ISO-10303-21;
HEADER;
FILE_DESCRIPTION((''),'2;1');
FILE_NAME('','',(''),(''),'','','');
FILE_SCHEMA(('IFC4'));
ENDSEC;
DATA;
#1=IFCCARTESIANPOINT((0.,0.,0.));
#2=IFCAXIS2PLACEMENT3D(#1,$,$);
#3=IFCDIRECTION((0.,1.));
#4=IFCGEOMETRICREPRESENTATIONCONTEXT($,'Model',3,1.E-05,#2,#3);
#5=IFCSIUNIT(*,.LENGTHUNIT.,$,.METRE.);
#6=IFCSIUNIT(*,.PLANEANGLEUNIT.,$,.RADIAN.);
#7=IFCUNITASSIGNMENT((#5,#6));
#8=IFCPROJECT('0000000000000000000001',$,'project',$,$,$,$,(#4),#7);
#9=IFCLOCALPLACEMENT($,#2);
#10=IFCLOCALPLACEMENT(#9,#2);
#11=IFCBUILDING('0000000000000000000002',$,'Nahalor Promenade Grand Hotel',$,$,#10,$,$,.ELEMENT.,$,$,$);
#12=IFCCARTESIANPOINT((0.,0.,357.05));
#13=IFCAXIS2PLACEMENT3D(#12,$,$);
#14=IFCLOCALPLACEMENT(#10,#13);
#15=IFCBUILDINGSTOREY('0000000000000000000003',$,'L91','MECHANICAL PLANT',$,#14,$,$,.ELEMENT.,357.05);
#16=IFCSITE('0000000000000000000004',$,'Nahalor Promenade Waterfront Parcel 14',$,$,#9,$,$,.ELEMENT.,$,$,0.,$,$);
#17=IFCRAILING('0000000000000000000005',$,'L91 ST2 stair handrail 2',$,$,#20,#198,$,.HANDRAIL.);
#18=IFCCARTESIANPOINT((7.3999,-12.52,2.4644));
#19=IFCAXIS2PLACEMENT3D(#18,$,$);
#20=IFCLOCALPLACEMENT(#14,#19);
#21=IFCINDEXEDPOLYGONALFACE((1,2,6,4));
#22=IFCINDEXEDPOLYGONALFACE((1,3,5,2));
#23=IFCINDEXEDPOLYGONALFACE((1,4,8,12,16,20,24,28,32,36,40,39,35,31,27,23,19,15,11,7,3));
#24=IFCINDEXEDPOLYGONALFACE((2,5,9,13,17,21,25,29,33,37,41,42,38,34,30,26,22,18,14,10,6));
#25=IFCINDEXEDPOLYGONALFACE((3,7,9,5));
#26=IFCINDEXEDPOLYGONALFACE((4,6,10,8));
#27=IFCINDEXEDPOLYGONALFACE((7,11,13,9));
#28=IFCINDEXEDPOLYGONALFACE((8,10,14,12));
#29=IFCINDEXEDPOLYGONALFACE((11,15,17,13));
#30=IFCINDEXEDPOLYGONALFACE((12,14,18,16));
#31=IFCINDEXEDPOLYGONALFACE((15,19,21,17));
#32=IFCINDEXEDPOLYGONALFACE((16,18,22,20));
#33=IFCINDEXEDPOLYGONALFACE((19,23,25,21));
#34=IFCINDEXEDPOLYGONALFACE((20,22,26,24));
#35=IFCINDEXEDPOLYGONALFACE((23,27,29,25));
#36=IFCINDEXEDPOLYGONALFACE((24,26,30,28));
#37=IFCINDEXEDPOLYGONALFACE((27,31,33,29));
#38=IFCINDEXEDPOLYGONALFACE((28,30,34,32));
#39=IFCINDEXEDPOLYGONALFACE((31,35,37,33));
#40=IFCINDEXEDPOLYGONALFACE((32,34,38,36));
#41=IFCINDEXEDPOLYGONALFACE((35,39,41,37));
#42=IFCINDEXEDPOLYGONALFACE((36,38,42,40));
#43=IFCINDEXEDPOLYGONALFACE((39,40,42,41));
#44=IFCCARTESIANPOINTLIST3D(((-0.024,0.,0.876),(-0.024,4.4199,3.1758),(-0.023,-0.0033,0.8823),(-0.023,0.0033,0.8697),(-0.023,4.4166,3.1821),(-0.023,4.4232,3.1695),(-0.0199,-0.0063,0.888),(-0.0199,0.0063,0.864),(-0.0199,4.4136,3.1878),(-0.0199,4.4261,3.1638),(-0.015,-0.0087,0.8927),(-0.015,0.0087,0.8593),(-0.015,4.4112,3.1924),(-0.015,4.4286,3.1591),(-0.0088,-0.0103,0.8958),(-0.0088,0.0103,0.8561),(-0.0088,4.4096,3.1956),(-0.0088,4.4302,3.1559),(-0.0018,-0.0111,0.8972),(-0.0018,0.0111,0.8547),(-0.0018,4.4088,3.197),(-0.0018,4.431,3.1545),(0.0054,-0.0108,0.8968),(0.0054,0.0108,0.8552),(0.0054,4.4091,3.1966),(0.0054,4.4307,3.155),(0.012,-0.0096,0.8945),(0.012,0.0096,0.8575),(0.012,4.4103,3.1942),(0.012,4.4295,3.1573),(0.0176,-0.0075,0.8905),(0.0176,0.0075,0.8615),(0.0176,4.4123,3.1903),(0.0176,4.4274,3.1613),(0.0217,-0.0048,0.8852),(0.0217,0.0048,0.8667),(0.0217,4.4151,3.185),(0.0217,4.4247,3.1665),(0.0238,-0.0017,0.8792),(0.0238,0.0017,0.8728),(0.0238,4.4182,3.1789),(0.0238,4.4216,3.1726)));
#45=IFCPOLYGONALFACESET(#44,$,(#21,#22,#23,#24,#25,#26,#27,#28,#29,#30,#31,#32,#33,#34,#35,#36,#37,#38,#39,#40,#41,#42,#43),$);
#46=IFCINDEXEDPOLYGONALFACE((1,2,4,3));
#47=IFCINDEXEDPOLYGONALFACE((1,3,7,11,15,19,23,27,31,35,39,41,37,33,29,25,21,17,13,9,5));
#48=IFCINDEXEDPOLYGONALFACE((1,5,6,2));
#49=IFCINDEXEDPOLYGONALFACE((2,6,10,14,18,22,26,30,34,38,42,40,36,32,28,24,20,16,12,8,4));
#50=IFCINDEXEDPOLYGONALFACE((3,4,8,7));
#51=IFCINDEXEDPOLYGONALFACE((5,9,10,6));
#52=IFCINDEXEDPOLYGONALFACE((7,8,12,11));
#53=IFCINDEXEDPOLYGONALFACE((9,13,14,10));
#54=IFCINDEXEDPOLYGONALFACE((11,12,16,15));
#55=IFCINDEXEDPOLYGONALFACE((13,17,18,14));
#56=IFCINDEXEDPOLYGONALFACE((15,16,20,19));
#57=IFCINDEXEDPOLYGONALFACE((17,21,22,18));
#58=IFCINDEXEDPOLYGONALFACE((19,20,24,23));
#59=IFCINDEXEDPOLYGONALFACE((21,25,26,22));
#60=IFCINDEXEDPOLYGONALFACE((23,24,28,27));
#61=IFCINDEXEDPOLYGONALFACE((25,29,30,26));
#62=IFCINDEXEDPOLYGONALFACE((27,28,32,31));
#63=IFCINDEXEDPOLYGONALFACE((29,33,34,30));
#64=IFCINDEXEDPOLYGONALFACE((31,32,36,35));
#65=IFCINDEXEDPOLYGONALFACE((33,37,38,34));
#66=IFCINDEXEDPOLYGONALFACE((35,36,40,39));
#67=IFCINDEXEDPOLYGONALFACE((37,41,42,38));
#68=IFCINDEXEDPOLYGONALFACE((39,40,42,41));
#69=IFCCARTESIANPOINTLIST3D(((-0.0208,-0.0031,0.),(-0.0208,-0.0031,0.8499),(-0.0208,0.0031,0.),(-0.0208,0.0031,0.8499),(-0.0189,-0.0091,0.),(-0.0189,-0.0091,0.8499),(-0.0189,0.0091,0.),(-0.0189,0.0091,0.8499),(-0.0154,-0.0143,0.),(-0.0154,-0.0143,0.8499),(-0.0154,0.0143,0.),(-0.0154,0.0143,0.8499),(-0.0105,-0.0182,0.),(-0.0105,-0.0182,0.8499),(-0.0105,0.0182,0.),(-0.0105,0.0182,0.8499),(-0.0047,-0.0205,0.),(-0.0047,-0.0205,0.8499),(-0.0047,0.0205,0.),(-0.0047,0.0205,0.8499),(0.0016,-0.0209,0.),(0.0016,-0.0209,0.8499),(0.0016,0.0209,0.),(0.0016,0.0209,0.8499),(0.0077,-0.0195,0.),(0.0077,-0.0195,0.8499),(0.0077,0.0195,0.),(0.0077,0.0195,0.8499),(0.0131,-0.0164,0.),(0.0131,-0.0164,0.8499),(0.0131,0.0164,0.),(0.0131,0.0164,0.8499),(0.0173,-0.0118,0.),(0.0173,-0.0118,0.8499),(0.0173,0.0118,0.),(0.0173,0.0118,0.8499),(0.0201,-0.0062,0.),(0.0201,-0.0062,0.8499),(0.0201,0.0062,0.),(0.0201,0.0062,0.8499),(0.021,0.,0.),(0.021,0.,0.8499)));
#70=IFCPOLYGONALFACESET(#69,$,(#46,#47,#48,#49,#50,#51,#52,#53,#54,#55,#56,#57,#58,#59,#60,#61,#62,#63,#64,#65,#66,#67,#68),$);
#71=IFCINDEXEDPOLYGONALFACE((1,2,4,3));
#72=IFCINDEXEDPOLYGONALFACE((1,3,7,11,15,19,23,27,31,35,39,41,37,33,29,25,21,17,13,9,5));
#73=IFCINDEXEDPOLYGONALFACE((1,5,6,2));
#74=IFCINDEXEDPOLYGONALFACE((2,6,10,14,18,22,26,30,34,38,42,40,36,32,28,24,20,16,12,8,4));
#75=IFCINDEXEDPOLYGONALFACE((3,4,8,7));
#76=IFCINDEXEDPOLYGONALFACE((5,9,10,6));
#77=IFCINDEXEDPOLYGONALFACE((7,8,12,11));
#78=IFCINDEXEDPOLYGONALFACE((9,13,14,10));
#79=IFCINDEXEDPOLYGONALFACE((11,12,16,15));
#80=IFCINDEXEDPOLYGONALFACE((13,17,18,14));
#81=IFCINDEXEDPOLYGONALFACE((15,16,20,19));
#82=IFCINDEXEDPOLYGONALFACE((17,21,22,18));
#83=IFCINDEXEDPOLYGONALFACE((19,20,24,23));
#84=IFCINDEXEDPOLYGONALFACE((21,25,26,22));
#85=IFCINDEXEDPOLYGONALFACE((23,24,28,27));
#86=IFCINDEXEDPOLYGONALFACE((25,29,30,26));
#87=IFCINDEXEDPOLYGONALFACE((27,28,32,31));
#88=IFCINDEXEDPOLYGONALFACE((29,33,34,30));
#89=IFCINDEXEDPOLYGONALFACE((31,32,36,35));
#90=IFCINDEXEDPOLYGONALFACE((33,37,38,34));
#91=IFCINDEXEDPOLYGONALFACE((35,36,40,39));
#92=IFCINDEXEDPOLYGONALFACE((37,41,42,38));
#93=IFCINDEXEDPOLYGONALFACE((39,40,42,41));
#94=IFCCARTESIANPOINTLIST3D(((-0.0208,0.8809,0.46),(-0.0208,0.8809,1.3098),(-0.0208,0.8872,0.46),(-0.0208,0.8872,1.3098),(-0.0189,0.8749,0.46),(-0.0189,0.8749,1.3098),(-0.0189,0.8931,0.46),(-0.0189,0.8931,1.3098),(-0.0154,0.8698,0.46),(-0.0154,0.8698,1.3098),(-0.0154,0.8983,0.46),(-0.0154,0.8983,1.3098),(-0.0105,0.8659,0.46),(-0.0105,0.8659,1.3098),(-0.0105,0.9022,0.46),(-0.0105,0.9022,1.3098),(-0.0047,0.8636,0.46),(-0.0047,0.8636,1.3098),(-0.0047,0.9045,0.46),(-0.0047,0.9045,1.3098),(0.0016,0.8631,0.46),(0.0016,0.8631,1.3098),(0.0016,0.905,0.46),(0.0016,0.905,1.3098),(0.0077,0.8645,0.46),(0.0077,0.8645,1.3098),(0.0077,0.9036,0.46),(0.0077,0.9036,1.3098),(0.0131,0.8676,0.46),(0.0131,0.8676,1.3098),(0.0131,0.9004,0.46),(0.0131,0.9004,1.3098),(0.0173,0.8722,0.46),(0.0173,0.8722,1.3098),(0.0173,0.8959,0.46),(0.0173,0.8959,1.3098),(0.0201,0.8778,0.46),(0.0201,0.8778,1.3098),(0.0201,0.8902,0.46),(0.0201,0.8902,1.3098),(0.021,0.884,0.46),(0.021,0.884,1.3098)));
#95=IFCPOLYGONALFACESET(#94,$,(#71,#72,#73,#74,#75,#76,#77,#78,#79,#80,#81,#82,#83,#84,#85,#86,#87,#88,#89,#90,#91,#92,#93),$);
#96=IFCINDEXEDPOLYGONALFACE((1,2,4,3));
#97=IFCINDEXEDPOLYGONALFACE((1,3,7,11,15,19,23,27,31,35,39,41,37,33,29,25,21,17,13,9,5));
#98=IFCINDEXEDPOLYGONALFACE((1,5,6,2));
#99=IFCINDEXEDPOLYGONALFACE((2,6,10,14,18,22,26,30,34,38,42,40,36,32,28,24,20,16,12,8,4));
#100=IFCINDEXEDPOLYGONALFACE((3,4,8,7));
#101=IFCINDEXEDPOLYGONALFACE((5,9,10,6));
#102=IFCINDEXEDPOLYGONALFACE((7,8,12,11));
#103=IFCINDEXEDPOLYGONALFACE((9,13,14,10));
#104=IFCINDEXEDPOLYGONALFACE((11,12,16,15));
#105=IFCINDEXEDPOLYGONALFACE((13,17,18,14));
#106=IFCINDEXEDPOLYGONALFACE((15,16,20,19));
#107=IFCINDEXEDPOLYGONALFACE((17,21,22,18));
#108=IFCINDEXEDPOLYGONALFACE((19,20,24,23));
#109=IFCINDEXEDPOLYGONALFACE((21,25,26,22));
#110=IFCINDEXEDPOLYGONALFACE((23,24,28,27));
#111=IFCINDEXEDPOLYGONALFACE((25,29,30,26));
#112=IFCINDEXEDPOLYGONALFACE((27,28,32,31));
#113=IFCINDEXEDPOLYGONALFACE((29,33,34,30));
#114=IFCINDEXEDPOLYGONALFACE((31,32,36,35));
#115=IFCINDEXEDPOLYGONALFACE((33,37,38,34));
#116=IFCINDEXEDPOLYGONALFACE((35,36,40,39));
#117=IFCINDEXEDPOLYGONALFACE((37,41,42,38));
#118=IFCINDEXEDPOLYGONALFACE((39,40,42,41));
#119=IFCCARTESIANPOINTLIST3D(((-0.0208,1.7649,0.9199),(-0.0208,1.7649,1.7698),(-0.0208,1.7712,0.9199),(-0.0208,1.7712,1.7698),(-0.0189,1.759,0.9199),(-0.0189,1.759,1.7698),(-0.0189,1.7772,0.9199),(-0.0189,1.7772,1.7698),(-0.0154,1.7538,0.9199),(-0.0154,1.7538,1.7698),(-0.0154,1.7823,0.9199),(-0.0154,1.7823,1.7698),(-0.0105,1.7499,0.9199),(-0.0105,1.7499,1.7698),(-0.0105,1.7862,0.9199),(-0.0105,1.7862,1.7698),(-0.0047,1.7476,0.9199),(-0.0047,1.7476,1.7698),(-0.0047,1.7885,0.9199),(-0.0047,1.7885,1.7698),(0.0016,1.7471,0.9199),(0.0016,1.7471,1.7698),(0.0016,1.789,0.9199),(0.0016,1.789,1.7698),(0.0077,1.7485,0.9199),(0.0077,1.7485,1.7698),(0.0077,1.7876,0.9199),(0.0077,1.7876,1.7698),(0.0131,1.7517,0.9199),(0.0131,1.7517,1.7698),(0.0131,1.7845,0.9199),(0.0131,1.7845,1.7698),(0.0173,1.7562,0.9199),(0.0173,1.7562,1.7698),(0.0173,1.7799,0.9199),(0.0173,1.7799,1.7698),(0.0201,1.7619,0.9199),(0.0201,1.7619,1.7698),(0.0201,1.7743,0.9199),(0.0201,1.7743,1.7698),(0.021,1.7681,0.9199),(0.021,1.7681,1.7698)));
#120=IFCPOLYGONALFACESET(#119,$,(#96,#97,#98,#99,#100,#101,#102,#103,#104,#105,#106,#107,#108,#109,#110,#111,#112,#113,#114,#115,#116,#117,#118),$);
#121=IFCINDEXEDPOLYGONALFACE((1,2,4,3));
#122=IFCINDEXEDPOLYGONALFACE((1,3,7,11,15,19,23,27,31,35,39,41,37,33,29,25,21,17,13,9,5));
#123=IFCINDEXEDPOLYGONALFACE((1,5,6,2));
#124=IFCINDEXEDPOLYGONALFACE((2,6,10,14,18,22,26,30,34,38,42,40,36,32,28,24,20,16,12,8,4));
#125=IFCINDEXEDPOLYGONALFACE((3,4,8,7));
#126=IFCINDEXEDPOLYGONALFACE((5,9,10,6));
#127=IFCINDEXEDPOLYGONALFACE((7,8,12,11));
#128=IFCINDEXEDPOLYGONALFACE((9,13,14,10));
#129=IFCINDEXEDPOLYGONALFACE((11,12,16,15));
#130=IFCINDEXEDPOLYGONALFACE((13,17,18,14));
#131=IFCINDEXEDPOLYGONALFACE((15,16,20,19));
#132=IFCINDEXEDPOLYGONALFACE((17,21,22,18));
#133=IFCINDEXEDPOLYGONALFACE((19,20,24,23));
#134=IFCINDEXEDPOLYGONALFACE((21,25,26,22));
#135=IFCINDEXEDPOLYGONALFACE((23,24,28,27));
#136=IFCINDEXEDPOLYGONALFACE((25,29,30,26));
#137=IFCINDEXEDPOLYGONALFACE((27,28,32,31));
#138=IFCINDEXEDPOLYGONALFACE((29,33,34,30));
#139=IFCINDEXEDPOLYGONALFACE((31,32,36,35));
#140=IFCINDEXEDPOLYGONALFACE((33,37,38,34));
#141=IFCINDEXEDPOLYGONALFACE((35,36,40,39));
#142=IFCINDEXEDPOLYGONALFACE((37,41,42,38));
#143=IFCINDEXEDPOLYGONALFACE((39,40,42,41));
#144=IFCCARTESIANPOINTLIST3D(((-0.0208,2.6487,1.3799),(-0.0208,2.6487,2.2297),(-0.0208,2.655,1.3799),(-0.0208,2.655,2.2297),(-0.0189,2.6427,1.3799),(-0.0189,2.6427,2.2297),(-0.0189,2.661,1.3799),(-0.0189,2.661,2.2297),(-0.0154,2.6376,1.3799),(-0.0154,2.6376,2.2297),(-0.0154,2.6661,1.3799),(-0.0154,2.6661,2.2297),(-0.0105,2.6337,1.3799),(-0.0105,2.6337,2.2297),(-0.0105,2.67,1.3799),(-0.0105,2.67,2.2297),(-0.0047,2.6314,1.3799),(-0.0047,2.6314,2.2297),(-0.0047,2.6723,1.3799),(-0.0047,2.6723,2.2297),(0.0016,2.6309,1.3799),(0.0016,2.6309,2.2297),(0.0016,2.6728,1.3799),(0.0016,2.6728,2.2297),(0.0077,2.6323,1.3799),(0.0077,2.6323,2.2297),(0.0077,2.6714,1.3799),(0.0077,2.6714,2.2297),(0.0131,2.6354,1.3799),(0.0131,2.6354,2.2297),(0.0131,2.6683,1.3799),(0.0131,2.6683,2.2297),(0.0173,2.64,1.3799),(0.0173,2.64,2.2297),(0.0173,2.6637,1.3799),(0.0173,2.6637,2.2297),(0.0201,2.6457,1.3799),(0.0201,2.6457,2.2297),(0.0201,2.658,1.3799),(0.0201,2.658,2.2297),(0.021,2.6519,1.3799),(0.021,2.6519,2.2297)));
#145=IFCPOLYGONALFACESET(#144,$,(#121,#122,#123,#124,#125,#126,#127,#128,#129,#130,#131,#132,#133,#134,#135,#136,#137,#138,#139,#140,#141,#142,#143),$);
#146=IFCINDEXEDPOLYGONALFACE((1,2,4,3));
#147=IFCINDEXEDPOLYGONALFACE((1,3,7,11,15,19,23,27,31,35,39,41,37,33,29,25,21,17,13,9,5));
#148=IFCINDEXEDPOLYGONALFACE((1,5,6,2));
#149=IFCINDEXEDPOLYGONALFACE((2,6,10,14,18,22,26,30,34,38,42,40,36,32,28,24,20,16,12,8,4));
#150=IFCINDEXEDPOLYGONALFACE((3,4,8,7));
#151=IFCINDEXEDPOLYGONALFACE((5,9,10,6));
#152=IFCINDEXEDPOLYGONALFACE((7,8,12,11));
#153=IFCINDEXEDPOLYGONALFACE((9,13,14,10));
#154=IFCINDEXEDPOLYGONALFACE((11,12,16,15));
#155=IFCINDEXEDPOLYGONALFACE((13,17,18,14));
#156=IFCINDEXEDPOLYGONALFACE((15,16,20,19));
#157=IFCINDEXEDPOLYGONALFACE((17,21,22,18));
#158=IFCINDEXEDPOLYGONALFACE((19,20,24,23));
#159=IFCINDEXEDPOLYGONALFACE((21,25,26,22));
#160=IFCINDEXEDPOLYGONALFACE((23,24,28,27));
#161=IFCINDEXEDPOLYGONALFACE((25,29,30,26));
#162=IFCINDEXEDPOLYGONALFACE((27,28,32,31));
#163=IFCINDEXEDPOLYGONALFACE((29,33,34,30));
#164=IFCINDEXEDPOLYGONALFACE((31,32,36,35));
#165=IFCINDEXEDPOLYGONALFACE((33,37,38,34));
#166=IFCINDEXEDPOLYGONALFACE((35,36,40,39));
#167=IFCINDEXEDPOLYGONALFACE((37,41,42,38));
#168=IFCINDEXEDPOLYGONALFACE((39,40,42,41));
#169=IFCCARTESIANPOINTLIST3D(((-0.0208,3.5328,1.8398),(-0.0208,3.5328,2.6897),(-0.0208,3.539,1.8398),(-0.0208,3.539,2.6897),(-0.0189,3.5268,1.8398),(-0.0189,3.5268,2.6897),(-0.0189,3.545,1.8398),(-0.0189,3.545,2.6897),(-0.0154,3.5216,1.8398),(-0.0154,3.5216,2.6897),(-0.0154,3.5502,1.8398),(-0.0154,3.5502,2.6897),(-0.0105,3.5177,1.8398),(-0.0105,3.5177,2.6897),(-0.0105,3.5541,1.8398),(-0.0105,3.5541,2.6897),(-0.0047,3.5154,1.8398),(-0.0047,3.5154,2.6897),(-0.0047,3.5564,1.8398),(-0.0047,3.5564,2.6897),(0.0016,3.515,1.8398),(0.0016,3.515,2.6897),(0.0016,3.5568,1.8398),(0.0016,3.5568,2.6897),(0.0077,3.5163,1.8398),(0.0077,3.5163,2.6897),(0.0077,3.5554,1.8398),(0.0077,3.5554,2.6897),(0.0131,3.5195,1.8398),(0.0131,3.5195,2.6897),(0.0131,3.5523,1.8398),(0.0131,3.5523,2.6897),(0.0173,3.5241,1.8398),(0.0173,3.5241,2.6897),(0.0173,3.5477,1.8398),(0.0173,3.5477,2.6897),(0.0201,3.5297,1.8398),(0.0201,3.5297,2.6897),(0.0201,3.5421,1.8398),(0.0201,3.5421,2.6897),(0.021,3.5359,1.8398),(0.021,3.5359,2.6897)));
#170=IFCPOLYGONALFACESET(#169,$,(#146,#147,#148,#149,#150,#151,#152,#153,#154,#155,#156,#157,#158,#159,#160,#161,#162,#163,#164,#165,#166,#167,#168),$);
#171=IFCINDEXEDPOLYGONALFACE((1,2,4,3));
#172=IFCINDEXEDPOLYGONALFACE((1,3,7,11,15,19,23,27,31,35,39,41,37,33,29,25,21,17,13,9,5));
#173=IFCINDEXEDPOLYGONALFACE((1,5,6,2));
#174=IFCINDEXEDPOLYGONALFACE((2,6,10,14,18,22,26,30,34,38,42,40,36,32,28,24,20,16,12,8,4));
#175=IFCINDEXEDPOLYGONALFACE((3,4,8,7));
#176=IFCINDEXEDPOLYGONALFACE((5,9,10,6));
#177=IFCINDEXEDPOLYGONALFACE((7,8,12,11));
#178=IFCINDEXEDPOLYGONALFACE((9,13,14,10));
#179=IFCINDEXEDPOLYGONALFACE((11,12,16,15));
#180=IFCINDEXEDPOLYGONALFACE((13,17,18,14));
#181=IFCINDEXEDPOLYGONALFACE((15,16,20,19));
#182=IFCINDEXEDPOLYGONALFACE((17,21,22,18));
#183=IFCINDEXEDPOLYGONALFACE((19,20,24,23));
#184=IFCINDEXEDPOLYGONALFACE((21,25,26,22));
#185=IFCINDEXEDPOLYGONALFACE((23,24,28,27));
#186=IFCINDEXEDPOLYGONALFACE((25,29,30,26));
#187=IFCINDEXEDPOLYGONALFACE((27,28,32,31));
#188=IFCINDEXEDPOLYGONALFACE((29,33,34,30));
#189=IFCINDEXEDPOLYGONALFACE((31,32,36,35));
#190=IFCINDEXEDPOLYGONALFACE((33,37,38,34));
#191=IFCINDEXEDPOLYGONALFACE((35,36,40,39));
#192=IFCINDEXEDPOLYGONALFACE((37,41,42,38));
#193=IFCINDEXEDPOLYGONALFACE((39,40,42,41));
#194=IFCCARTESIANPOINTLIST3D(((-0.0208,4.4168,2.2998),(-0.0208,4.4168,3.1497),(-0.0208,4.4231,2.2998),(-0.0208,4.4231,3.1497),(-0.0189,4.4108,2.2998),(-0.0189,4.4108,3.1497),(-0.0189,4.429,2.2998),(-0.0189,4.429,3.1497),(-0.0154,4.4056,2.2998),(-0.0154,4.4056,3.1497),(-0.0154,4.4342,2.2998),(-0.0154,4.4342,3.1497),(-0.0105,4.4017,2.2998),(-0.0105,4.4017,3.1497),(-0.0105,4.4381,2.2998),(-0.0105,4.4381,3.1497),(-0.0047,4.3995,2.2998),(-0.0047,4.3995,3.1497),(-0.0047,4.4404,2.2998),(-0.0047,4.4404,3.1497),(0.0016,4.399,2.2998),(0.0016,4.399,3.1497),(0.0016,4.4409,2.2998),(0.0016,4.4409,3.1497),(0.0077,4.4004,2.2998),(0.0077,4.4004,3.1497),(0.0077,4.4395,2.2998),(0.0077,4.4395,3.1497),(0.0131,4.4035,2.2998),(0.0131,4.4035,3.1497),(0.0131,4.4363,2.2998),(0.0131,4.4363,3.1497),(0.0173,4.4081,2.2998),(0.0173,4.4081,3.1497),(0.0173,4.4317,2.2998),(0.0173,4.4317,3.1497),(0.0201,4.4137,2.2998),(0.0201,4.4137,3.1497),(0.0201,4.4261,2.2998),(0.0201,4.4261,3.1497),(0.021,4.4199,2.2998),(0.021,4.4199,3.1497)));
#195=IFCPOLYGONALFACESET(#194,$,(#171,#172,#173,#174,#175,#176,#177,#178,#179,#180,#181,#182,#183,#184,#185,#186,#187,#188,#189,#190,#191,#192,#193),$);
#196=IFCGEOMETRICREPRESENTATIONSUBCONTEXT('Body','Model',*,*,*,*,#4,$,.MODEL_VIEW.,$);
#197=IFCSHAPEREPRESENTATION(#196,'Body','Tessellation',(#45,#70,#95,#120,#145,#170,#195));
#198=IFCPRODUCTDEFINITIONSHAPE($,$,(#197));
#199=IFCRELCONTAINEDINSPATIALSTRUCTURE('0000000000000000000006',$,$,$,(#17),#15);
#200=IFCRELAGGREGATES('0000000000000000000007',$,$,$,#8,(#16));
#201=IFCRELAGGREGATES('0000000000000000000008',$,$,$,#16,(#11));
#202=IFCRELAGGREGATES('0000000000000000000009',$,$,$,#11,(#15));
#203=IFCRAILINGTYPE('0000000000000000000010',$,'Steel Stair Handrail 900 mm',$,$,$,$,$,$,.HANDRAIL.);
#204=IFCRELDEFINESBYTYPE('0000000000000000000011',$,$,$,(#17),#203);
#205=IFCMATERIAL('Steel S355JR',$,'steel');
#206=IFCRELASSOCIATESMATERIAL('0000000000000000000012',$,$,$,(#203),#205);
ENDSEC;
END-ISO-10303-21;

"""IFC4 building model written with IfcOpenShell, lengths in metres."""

from ifc_helpers import new_model, si_unit, direction, frame, origin, origin_2d, place, context, subcontext, project, spatial, circle, extrude, material, type_object, element, save


model = new_model("IFC4")

# Units and contexts
model_context = context("Model", 3, precision=1e-05, world=origin(), true_north=direction((0.0, 1.0)))
body_context = subcontext(model_context, "Body", "Model", "MODEL_VIEW")
ifc_project = project(units=[si_unit("LENGTHUNIT", "METRE"), si_unit("PLANEANGLEUNIT", "RADIAN")], contexts=[model_context])

# Site, building, storey
site_placement = place(None, origin())
site = spatial("IfcSite", under=ifc_project, at=site_placement, Name="Nahalor Promenade Waterfront Parcel 14", CompositionType="ELEMENT", RefElevation=0.0)
building_placement = place(site_placement, origin())
building = spatial("IfcBuilding", under=site, at=building_placement, Name="Nahalor Promenade Grand Hotel", CompositionType="ELEMENT")
storey_placement = place(building_placement, frame((0.0, 0.0, 357.05)))
storey = spatial("IfcBuildingStorey", under=building, at=storey_placement, Name="L91", Description="MECHANICAL PLANT", CompositionType="ELEMENT", Elevation=357.05)

# Shared definitions
ifc_material_1 = material(Name="Steel S355JR", Category="steel")

# Railing
railing_type_1 = type_object("IfcRailingType", Name="Steel Stair Handrail 900 mm", PredefinedType="HANDRAIL", material=ifc_material_1)
railing_1_placement = place(storey_placement, frame((7.3999, -12.52, 2.4644)))
element("IfcRailing", 1, at=railing_1_placement, inside=storey, type_object=railing_type_1, Name="L91 ST2 stair handrail 2", PredefinedType="HANDRAIL", context=body_context, shape_type="SweptSolid", body=[
    extrude(circle(Radius=0.024, at=origin_2d()), frame((0.0, 0.0, 0.876), z_axis=(0.0, 0.887098, 0.461581), x_axis=(-1.0, 0.0, 0.0)), (0.0, 0.0, 1.0), 4.9824),
    extrude(circle(Radius=0.021, at=origin_2d()), origin(), (0.0, 0.0, 1.0), 0.8499),
    extrude(circle(Radius=0.021, at=origin_2d()), frame((0.0, 0.884, 0.46)), (0.0, 0.0, 1.0), 0.8499),
    extrude(circle(Radius=0.021, at=origin_2d()), frame((0.0, 1.7681, 0.9199)), (0.0, 0.0, 1.0), 0.8499),
    extrude(circle(Radius=0.021, at=origin_2d()), frame((0.0, 2.6519, 1.3799)), (0.0, 0.0, 1.0), 0.8499),
    extrude(circle(Radius=0.021, at=origin_2d()), frame((0.0, 3.5359, 1.8398)), (0.0, 0.0, 1.0), 0.8499),
    extrude(circle(Radius=0.021, at=origin_2d()), frame((0.0, 4.4199, 2.2998)), (0.0, 0.0, 1.0), 0.8499),
])

save(model, "model.ifc")
